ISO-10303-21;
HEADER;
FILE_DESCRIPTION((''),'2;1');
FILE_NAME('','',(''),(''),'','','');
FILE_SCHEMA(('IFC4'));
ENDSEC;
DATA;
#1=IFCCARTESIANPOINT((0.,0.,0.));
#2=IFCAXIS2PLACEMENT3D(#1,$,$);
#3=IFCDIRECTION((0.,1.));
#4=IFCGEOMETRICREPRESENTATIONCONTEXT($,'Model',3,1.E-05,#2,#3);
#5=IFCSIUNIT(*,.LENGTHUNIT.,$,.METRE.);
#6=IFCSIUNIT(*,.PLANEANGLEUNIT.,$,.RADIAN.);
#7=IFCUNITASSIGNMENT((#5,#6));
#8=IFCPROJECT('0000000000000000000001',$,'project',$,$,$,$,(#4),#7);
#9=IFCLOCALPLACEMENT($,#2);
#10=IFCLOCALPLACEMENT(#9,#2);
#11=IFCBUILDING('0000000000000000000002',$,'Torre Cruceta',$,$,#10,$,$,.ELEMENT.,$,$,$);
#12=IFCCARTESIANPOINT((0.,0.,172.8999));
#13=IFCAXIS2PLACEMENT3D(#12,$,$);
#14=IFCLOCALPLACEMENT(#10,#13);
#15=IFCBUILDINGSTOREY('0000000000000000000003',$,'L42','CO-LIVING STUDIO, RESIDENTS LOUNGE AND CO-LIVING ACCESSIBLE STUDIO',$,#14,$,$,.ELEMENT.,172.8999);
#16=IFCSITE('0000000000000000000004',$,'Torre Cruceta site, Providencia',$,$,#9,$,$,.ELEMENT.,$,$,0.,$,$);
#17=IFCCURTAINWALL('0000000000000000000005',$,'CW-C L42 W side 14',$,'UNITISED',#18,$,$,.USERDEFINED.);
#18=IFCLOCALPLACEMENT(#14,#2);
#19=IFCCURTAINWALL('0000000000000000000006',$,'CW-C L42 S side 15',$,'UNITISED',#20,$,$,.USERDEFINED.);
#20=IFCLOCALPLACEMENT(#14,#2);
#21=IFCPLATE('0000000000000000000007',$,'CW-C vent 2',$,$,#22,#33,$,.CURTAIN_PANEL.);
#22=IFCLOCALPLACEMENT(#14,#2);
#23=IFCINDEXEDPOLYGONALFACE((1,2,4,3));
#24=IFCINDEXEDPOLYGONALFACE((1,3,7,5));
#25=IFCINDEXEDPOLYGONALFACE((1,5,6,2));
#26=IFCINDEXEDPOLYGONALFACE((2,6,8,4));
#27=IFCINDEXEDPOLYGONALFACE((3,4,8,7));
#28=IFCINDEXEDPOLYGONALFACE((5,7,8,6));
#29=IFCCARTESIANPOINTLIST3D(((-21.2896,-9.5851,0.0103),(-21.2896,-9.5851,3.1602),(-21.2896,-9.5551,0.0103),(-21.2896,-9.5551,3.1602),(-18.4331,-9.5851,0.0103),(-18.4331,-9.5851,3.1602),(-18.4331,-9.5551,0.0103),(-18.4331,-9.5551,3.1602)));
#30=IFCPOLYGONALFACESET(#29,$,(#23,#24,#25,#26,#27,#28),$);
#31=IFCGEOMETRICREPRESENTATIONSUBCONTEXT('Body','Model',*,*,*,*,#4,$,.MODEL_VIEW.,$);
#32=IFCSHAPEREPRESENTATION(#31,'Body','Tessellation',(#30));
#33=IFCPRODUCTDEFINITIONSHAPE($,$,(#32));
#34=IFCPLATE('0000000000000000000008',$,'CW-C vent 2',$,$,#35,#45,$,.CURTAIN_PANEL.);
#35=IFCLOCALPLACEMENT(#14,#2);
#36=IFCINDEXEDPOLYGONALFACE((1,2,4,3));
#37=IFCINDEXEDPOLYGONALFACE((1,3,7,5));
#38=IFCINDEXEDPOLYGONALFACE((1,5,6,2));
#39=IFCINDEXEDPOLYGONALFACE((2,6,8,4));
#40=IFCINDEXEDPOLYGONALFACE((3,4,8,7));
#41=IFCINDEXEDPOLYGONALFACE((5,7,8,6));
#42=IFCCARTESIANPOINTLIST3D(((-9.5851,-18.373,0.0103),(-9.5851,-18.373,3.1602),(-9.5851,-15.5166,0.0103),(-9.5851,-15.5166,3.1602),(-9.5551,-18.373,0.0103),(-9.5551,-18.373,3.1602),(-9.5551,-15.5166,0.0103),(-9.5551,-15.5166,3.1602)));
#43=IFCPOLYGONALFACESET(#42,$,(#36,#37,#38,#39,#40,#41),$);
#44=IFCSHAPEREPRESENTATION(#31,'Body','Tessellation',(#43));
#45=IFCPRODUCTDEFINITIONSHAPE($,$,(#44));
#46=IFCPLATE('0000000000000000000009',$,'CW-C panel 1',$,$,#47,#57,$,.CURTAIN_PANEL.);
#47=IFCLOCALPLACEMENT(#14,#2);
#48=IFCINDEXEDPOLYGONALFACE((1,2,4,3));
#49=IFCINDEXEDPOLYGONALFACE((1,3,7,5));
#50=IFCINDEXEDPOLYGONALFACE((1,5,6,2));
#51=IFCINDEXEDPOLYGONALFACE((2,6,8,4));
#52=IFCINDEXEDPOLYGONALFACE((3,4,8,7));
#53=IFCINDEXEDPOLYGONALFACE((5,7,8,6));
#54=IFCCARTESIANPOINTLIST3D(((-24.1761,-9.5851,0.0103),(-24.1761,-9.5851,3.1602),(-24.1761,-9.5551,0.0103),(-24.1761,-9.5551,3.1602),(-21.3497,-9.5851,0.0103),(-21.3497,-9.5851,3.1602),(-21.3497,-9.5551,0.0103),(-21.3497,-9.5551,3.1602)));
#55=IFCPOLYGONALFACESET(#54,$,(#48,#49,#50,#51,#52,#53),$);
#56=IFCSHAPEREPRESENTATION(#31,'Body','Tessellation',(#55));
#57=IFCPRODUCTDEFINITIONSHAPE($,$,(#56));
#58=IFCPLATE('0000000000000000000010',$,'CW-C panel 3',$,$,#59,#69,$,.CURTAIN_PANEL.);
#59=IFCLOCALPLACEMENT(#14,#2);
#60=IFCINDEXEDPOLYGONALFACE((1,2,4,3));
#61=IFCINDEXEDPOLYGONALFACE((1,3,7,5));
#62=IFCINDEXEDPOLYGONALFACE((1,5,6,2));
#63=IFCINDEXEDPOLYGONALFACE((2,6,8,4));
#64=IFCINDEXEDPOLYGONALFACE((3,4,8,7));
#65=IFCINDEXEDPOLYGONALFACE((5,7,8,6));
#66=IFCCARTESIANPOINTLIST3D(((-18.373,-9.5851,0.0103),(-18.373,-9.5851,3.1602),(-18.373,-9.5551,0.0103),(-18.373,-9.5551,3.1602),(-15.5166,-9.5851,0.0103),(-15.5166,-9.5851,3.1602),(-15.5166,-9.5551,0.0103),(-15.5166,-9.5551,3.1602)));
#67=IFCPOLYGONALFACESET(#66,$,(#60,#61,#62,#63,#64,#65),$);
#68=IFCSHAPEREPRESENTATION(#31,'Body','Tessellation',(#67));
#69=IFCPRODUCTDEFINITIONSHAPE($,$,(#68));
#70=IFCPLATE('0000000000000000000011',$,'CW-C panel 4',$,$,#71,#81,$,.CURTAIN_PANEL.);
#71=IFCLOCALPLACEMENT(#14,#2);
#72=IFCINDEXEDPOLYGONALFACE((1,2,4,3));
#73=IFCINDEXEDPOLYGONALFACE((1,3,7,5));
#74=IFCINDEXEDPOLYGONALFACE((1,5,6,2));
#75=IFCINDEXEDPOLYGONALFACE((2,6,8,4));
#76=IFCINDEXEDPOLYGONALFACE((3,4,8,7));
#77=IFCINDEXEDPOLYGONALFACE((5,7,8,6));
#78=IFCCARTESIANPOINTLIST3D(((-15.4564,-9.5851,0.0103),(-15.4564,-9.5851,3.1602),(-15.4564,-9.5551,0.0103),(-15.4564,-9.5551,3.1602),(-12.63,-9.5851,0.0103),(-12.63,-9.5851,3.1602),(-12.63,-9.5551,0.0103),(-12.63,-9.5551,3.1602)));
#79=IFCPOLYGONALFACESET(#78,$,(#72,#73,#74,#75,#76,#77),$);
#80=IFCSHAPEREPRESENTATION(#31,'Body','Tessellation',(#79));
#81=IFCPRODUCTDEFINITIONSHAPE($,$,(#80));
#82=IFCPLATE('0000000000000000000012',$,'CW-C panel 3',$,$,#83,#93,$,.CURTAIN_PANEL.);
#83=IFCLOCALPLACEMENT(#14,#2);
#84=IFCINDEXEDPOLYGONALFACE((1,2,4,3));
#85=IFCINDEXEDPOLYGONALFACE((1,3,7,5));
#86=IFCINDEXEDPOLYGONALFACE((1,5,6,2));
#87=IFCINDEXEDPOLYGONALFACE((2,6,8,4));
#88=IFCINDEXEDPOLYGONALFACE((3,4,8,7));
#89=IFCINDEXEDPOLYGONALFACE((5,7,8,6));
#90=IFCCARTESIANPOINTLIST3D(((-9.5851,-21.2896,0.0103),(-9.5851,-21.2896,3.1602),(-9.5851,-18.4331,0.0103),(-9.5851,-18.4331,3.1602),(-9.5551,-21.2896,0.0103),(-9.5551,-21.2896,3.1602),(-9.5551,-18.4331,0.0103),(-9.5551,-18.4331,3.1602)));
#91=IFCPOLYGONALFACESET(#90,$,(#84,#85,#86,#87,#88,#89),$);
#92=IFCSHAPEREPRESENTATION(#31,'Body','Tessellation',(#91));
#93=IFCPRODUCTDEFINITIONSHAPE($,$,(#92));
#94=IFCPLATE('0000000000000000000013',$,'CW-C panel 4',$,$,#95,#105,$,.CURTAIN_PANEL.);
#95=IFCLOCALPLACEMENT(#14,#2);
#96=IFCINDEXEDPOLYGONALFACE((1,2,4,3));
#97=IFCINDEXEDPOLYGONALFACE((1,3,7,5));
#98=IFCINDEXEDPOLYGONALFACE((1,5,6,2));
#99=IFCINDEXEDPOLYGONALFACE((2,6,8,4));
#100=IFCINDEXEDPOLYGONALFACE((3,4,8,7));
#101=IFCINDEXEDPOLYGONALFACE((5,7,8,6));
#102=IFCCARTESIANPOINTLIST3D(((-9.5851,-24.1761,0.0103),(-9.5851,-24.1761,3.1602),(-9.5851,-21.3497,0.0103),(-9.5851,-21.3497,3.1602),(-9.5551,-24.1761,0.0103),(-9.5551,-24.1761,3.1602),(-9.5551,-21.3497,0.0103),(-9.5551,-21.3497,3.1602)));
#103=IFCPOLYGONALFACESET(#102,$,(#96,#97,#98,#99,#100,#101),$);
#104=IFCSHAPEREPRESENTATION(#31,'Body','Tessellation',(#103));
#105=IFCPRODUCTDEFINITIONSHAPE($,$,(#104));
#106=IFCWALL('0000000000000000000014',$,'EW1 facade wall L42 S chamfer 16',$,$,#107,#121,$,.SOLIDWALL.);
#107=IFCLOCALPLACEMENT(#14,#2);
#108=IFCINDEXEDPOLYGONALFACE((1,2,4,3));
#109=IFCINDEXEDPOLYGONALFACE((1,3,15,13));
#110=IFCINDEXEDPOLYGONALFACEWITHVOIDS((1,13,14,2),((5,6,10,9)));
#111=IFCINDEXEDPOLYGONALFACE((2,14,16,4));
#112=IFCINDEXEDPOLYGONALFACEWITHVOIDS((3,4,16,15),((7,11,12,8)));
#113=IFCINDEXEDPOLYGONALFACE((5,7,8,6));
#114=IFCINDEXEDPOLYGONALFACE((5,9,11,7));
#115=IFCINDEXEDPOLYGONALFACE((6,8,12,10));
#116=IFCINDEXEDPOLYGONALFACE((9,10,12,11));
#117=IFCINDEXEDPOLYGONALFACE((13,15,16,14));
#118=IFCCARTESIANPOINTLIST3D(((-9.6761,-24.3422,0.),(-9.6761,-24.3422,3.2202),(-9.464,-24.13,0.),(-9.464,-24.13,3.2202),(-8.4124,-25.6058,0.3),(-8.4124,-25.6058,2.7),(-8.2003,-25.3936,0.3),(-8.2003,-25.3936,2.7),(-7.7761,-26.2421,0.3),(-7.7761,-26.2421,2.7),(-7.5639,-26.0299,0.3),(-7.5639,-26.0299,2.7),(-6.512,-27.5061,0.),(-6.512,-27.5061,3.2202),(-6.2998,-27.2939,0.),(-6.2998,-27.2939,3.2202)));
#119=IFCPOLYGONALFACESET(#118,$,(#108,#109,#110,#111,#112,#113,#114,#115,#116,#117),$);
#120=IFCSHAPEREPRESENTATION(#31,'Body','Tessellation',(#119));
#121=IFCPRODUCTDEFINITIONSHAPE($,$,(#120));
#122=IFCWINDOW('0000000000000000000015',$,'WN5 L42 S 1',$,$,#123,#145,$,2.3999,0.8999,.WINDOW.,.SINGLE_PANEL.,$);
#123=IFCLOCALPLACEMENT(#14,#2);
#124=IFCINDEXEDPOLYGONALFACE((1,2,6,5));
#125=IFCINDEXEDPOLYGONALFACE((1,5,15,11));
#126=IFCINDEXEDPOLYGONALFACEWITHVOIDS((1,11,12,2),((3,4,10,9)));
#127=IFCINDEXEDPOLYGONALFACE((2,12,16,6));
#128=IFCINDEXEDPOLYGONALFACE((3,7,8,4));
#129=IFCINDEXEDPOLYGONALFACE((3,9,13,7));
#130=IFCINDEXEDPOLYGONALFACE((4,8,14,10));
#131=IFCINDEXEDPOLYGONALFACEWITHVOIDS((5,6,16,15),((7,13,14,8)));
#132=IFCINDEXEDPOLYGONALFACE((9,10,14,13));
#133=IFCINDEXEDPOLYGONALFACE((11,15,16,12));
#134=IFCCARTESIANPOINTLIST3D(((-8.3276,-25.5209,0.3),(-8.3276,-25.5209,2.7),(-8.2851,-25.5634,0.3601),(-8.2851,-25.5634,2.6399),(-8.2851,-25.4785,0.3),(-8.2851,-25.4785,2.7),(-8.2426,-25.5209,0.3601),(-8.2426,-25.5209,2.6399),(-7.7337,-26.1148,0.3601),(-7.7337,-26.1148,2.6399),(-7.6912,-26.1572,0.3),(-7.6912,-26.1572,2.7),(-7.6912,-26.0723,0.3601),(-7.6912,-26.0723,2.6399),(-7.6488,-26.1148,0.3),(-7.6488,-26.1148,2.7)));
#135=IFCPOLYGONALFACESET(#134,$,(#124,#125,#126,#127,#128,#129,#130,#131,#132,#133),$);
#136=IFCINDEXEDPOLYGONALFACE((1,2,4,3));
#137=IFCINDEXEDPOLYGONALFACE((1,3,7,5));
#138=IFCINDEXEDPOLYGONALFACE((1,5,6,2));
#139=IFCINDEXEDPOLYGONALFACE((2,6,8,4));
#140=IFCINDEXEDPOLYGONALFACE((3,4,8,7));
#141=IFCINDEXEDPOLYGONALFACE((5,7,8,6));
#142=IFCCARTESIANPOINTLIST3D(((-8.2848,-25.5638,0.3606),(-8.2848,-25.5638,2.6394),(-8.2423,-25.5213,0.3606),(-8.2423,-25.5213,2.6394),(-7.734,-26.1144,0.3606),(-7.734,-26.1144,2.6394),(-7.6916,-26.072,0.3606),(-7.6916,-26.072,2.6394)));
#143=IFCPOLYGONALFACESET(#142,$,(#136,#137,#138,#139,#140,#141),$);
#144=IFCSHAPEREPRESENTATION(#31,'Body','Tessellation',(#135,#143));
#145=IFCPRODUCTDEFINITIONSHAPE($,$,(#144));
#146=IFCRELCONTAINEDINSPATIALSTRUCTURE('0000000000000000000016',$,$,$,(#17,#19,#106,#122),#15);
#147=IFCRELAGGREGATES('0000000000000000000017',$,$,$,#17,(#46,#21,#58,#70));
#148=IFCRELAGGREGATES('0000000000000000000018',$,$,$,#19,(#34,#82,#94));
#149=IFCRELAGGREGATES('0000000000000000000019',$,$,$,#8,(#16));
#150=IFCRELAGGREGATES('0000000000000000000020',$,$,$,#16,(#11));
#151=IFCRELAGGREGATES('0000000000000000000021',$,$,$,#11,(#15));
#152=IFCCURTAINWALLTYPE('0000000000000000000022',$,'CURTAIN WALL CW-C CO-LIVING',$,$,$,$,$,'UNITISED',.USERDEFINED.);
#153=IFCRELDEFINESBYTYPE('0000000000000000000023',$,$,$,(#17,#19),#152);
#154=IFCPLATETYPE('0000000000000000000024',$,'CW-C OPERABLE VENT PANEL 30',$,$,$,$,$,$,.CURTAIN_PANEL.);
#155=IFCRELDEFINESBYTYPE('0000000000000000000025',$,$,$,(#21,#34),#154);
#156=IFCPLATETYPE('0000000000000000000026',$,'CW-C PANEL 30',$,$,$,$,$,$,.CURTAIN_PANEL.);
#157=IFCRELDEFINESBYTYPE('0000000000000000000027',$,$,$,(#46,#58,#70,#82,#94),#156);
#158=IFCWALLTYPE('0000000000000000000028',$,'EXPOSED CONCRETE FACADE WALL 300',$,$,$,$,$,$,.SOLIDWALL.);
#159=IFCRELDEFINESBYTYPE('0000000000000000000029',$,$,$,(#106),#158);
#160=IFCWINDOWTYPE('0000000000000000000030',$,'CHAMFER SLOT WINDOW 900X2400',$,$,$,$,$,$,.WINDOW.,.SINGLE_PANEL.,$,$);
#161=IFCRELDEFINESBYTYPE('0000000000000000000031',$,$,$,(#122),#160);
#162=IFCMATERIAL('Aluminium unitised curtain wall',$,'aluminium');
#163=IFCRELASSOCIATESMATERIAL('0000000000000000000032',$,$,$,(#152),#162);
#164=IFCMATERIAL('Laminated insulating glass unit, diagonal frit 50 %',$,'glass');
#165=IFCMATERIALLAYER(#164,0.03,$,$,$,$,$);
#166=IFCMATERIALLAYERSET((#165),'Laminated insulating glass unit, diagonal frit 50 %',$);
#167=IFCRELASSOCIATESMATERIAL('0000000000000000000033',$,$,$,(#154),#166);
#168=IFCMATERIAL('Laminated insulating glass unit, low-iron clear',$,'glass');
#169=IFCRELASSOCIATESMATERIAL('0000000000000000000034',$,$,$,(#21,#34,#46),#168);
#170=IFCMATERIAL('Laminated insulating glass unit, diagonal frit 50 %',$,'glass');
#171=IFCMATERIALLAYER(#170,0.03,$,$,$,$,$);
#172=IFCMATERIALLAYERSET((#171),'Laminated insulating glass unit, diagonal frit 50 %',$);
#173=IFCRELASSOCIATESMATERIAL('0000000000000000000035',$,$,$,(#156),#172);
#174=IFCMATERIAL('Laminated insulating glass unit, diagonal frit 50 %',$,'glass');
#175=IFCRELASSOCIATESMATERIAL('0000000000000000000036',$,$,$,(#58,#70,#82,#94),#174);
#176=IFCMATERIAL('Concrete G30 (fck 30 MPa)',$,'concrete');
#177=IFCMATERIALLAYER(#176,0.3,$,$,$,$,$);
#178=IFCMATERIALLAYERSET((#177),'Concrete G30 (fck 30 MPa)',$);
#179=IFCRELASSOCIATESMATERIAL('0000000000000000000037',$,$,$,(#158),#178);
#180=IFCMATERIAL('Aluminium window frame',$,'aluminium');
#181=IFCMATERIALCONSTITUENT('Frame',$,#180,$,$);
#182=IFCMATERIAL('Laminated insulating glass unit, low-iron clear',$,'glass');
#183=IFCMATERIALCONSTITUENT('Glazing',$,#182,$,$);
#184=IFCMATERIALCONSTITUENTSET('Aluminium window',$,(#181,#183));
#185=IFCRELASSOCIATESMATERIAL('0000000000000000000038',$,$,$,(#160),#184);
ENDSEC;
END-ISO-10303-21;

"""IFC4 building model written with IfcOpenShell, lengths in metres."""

from ifc_helpers import new_model, si_unit, direction, frame, frame_2d, origin, origin_2d, place, context, subcontext, project, spatial, rectangle, hollow_rectangle, extrude, material, layer, layer_set, constituent, constituent_set, type_object, element, fill, aggregate, save


model = new_model("IFC4")

# Units and contexts
model_context = context("Model", 3, precision=1e-05, world=origin(), true_north=direction((0.0, 1.0)))
body_context = subcontext(model_context, "Body", "Model", "MODEL_VIEW")
ifc_project = project(units=[si_unit("LENGTHUNIT", "METRE"), si_unit("PLANEANGLEUNIT", "RADIAN")], contexts=[model_context])

# Site, building, storey
site_placement = place(None, origin())
site = spatial("IfcSite", under=ifc_project, at=site_placement, Name="Torre Cruceta site, Providencia", CompositionType="ELEMENT", RefElevation=0.0)
building_placement = place(site_placement, origin())
building = spatial("IfcBuilding", under=site, at=building_placement, Name="Torre Cruceta", CompositionType="ELEMENT")
storey_placement = place(building_placement, frame((0.0, 0.0, 172.8999)))
storey = spatial("IfcBuildingStorey", under=building, at=storey_placement, Name="L42", Description="CO-LIVING STUDIO, RESIDENTS LOUNGE AND CO-LIVING ACCESSIBLE STUDIO", CompositionType="ELEMENT", Elevation=172.8999)

# Curtain walls
ifc_material_1 = material(Name="Aluminium unitised curtain wall", Category="aluminium")
curtain_wall_type = type_object("IfcCurtainWallType", Name="CURTAIN WALL CW-C CO-LIVING", ElementType="UNITISED", PredefinedType="USERDEFINED", material=ifc_material_1)
curtain_wall_1_placement = place(storey_placement, origin())
curtain_wall_1 = element("IfcCurtainWall", 1, at=curtain_wall_1_placement, inside=storey, type_object=curtain_wall_type, Name="CW-C L42 W side 14", ObjectType="UNITISED", PredefinedType="USERDEFINED")
curtain_wall_2_placement = place(storey_placement, origin())
curtain_wall_2 = element("IfcCurtainWall", 2, at=curtain_wall_2_placement, inside=storey, type_object=curtain_wall_type, Name="CW-C L42 S side 15", ObjectType="UNITISED", PredefinedType="USERDEFINED")

# Plates
ifc_material_2 = material(Name="Laminated insulating glass unit, low-iron clear", Category="glass")
ifc_material_3 = material(Name="Laminated insulating glass unit, diagonal frit 50 %", Category="glass")
ifc_layer_1 = layer(ifc_material_3, 0.03)
ifc_layer_set_1 = layer_set([ifc_layer_1], Name="Laminated insulating glass unit, diagonal frit 50 %")
plate_type_1 = type_object("IfcPlateType", Name="CW-C OPERABLE VENT PANEL 30", PredefinedType="CURTAIN_PANEL", material=ifc_layer_set_1)
plate_1_placement = place(storey_placement, frame((-19.8613, -9.5701, 0.0103), z_axis=(0.0, 0.0, 1.0), x_axis=(1.0, 0.0, 0.0)))
plate_1 = element("IfcPlate", 3, at=plate_1_placement, type_object=plate_type_1, material=ifc_material_2, Name="CW-C vent 2", PredefinedType="CURTAIN_PANEL", context=body_context, shape_type="SweptSolid", body=[
    extrude(rectangle(XDim=2.8564, YDim=0.03, at=origin_2d()), origin(), (0.0, 0.0, 1.0), 3.1499),
])
plate_2_placement = place(storey_placement, frame((-9.5701, -16.9448, 0.0103), z_axis=(0.0, 0.0, 1.0), x_axis=(0.0, -1.0, 0.0)))
plate_2 = element("IfcPlate", 4, at=plate_2_placement, type_object=plate_type_1, material=ifc_material_2, Name="CW-C vent 2", PredefinedType="CURTAIN_PANEL", context=body_context, shape_type="SweptSolid", body=[
    extrude(rectangle(XDim=2.8564, YDim=0.03, at=origin_2d()), origin(), (0.0, 0.0, 1.0), 3.1499),
])
ifc_material_4 = material(Name="Laminated insulating glass unit, diagonal frit 50 %", Category="glass")
ifc_layer_2 = layer(ifc_material_4, 0.03)
ifc_layer_set_2 = layer_set([ifc_layer_2], Name="Laminated insulating glass unit, diagonal frit 50 %")
plate_type_2 = type_object("IfcPlateType", Name="CW-C PANEL 30", PredefinedType="CURTAIN_PANEL", material=ifc_layer_set_2)
plate_3_placement = place(storey_placement, frame((-22.7629, -9.5701, 0.0103), z_axis=(0.0, 0.0, 1.0), x_axis=(1.0, 0.0, 0.0)))
plate_3 = element("IfcPlate", 5, at=plate_3_placement, type_object=plate_type_2, material=ifc_material_2, Name="CW-C panel 1", PredefinedType="CURTAIN_PANEL", context=body_context, shape_type="SweptSolid", body=[
    extrude(rectangle(XDim=2.8264, YDim=0.03, at=origin_2d()), origin(), (0.0, 0.0, 1.0), 3.1499),
])
ifc_material_5 = material(Name="Laminated insulating glass unit, diagonal frit 50 %", Category="glass")
plate_4_placement = place(storey_placement, frame((-16.9448, -9.5701, 0.0103), z_axis=(0.0, 0.0, 1.0), x_axis=(1.0, 0.0, 0.0)))
plate_4 = element("IfcPlate", 6, at=plate_4_placement, type_object=plate_type_2, material=ifc_material_5, Name="CW-C panel 3", PredefinedType="CURTAIN_PANEL", context=body_context, shape_type="SweptSolid", body=[
    extrude(rectangle(XDim=2.8564, YDim=0.03, at=origin_2d()), origin(), (0.0, 0.0, 1.0), 3.1499),
])
plate_5_placement = place(storey_placement, frame((-14.0432, -9.5701, 0.0103), z_axis=(0.0, 0.0, 1.0), x_axis=(1.0, 0.0, 0.0)))
plate_5 = element("IfcPlate", 7, at=plate_5_placement, type_object=plate_type_2, material=ifc_material_5, Name="CW-C panel 4", PredefinedType="CURTAIN_PANEL", context=body_context, shape_type="SweptSolid", body=[
    extrude(rectangle(XDim=2.8264, YDim=0.03, at=origin_2d()), origin(), (0.0, 0.0, 1.0), 3.1499),
])
aggregate(curtain_wall_1, [plate_3, plate_1, plate_4, plate_5])
plate_6_placement = place(storey_placement, frame((-9.5701, -19.8613, 0.0103), z_axis=(0.0, 0.0, 1.0), x_axis=(0.0, -1.0, 0.0)))
plate_6 = element("IfcPlate", 8, at=plate_6_placement, type_object=plate_type_2, material=ifc_material_5, Name="CW-C panel 3", PredefinedType="CURTAIN_PANEL", context=body_context, shape_type="SweptSolid", body=[
    extrude(rectangle(XDim=2.8564, YDim=0.03, at=origin_2d()), origin(), (0.0, 0.0, 1.0), 3.1499),
])
plate_7_placement = place(storey_placement, frame((-9.5701, -22.7629, 0.0103), z_axis=(0.0, 0.0, 1.0), x_axis=(0.0, -1.0, 0.0)))
plate_7 = element("IfcPlate", 9, at=plate_7_placement, type_object=plate_type_2, material=ifc_material_5, Name="CW-C panel 4", PredefinedType="CURTAIN_PANEL", context=body_context, shape_type="SweptSolid", body=[
    extrude(rectangle(XDim=2.8264, YDim=0.03, at=origin_2d()), origin(), (0.0, 0.0, 1.0), 3.1499),
])
aggregate(curtain_wall_2, [plate_2, plate_6, plate_7])

# Wall, opening, window
ifc_material_6 = material(Name="Concrete G30 (fck 30 MPa)", Category="concrete")
ifc_layer_3 = layer(ifc_material_6, 0.3)
ifc_layer_set_3 = layer_set([ifc_layer_3], Name="Concrete G30 (fck 30 MPa)")
wall_type = type_object("IfcWallType", Name="EXPOSED CONCRETE FACADE WALL 300", PredefinedType="SOLIDWALL", material=ifc_layer_set_3)
wall_placement = place(storey_placement, frame((-9.5701, -24.2361, 0.0), z_axis=(0.0, 0.0, 1.0), x_axis=(0.707134, -0.707079, 0.0)))
wall = element("IfcWall", 10, at=wall_placement, inside=storey, type_object=wall_type, Name="EW1 facade wall L42 S chamfer 16", PredefinedType="SOLIDWALL", context=body_context, shape_type="SweptSolid", body=[
    extrude(rectangle(XDim=4.4746, YDim=0.3, at=frame_2d((2.2373, 0.0))), origin(), (0.0, 0.0, 1.0), 3.2202),
])
opening_placement = place(wall_placement, frame((1.7871, 0.0, 0.3)))
opening = element("IfcOpeningElement", 11, at=opening_placement, cuts=wall, PredefinedType="OPENING", context=body_context, shape_type="SweptSolid", body=[
    extrude(rectangle(XDim=0.8999, YDim=2.3999, at=frame_2d((0.45, 1.2))), frame((0.0, 0.1599, 0.0), z_axis=(0.0, -1.0, 0.0), x_axis=(1.0, 0.0, 0.0)), (0.0, 0.0, 1.0), 0.3201),
])
ifc_material_7 = material(Name="Aluminium window frame", Category="aluminium")
ifc_constituent_1 = constituent(ifc_material_7, Name="Frame")
ifc_material_8 = material(Name="Laminated insulating glass unit, low-iron clear", Category="glass")
ifc_constituent_2 = constituent(ifc_material_8, Name="Glazing")
ifc_constituent_set = constituent_set(constituents=[ifc_constituent_1, ifc_constituent_2], Name="Aluminium window")
window_type = type_object("IfcWindowType", Name="CHAMFER SLOT WINDOW 900X2400", PartitioningType="SINGLE_PANEL", PredefinedType="WINDOW", material=ifc_constituent_set)
window_placement = place(opening_placement, origin())
window = element("IfcWindow", 12, at=window_placement, inside=storey, type_object=window_type, Name="WN5 L42 S 1", OverallHeight=2.3999, OverallWidth=0.8999, PartitioningType="SINGLE_PANEL", PredefinedType="WINDOW", context=body_context, shape_type="SweptSolid", body=[
    extrude(hollow_rectangle(XDim=0.8999, YDim=2.3999, WallThickness=0.0601, at=frame_2d((0.45, 1.2))), frame((0.0, 0.03, 0.0), z_axis=(0.0, -1.0, 0.0), x_axis=(1.0, 0.0, 0.0)), (0.0, 0.0, 1.0), 0.0601),
    extrude(rectangle(XDim=0.7788, YDim=2.2788, at=frame_2d((0.45, 1.2))), frame((0.0, 0.03, 0.0), z_axis=(0.0, -1.0, 0.0), x_axis=(1.0, 0.0, 0.0)), (0.0, 0.0, 1.0), 0.0601),
])
fill(opening, window)

save(model, "model.ifc")
